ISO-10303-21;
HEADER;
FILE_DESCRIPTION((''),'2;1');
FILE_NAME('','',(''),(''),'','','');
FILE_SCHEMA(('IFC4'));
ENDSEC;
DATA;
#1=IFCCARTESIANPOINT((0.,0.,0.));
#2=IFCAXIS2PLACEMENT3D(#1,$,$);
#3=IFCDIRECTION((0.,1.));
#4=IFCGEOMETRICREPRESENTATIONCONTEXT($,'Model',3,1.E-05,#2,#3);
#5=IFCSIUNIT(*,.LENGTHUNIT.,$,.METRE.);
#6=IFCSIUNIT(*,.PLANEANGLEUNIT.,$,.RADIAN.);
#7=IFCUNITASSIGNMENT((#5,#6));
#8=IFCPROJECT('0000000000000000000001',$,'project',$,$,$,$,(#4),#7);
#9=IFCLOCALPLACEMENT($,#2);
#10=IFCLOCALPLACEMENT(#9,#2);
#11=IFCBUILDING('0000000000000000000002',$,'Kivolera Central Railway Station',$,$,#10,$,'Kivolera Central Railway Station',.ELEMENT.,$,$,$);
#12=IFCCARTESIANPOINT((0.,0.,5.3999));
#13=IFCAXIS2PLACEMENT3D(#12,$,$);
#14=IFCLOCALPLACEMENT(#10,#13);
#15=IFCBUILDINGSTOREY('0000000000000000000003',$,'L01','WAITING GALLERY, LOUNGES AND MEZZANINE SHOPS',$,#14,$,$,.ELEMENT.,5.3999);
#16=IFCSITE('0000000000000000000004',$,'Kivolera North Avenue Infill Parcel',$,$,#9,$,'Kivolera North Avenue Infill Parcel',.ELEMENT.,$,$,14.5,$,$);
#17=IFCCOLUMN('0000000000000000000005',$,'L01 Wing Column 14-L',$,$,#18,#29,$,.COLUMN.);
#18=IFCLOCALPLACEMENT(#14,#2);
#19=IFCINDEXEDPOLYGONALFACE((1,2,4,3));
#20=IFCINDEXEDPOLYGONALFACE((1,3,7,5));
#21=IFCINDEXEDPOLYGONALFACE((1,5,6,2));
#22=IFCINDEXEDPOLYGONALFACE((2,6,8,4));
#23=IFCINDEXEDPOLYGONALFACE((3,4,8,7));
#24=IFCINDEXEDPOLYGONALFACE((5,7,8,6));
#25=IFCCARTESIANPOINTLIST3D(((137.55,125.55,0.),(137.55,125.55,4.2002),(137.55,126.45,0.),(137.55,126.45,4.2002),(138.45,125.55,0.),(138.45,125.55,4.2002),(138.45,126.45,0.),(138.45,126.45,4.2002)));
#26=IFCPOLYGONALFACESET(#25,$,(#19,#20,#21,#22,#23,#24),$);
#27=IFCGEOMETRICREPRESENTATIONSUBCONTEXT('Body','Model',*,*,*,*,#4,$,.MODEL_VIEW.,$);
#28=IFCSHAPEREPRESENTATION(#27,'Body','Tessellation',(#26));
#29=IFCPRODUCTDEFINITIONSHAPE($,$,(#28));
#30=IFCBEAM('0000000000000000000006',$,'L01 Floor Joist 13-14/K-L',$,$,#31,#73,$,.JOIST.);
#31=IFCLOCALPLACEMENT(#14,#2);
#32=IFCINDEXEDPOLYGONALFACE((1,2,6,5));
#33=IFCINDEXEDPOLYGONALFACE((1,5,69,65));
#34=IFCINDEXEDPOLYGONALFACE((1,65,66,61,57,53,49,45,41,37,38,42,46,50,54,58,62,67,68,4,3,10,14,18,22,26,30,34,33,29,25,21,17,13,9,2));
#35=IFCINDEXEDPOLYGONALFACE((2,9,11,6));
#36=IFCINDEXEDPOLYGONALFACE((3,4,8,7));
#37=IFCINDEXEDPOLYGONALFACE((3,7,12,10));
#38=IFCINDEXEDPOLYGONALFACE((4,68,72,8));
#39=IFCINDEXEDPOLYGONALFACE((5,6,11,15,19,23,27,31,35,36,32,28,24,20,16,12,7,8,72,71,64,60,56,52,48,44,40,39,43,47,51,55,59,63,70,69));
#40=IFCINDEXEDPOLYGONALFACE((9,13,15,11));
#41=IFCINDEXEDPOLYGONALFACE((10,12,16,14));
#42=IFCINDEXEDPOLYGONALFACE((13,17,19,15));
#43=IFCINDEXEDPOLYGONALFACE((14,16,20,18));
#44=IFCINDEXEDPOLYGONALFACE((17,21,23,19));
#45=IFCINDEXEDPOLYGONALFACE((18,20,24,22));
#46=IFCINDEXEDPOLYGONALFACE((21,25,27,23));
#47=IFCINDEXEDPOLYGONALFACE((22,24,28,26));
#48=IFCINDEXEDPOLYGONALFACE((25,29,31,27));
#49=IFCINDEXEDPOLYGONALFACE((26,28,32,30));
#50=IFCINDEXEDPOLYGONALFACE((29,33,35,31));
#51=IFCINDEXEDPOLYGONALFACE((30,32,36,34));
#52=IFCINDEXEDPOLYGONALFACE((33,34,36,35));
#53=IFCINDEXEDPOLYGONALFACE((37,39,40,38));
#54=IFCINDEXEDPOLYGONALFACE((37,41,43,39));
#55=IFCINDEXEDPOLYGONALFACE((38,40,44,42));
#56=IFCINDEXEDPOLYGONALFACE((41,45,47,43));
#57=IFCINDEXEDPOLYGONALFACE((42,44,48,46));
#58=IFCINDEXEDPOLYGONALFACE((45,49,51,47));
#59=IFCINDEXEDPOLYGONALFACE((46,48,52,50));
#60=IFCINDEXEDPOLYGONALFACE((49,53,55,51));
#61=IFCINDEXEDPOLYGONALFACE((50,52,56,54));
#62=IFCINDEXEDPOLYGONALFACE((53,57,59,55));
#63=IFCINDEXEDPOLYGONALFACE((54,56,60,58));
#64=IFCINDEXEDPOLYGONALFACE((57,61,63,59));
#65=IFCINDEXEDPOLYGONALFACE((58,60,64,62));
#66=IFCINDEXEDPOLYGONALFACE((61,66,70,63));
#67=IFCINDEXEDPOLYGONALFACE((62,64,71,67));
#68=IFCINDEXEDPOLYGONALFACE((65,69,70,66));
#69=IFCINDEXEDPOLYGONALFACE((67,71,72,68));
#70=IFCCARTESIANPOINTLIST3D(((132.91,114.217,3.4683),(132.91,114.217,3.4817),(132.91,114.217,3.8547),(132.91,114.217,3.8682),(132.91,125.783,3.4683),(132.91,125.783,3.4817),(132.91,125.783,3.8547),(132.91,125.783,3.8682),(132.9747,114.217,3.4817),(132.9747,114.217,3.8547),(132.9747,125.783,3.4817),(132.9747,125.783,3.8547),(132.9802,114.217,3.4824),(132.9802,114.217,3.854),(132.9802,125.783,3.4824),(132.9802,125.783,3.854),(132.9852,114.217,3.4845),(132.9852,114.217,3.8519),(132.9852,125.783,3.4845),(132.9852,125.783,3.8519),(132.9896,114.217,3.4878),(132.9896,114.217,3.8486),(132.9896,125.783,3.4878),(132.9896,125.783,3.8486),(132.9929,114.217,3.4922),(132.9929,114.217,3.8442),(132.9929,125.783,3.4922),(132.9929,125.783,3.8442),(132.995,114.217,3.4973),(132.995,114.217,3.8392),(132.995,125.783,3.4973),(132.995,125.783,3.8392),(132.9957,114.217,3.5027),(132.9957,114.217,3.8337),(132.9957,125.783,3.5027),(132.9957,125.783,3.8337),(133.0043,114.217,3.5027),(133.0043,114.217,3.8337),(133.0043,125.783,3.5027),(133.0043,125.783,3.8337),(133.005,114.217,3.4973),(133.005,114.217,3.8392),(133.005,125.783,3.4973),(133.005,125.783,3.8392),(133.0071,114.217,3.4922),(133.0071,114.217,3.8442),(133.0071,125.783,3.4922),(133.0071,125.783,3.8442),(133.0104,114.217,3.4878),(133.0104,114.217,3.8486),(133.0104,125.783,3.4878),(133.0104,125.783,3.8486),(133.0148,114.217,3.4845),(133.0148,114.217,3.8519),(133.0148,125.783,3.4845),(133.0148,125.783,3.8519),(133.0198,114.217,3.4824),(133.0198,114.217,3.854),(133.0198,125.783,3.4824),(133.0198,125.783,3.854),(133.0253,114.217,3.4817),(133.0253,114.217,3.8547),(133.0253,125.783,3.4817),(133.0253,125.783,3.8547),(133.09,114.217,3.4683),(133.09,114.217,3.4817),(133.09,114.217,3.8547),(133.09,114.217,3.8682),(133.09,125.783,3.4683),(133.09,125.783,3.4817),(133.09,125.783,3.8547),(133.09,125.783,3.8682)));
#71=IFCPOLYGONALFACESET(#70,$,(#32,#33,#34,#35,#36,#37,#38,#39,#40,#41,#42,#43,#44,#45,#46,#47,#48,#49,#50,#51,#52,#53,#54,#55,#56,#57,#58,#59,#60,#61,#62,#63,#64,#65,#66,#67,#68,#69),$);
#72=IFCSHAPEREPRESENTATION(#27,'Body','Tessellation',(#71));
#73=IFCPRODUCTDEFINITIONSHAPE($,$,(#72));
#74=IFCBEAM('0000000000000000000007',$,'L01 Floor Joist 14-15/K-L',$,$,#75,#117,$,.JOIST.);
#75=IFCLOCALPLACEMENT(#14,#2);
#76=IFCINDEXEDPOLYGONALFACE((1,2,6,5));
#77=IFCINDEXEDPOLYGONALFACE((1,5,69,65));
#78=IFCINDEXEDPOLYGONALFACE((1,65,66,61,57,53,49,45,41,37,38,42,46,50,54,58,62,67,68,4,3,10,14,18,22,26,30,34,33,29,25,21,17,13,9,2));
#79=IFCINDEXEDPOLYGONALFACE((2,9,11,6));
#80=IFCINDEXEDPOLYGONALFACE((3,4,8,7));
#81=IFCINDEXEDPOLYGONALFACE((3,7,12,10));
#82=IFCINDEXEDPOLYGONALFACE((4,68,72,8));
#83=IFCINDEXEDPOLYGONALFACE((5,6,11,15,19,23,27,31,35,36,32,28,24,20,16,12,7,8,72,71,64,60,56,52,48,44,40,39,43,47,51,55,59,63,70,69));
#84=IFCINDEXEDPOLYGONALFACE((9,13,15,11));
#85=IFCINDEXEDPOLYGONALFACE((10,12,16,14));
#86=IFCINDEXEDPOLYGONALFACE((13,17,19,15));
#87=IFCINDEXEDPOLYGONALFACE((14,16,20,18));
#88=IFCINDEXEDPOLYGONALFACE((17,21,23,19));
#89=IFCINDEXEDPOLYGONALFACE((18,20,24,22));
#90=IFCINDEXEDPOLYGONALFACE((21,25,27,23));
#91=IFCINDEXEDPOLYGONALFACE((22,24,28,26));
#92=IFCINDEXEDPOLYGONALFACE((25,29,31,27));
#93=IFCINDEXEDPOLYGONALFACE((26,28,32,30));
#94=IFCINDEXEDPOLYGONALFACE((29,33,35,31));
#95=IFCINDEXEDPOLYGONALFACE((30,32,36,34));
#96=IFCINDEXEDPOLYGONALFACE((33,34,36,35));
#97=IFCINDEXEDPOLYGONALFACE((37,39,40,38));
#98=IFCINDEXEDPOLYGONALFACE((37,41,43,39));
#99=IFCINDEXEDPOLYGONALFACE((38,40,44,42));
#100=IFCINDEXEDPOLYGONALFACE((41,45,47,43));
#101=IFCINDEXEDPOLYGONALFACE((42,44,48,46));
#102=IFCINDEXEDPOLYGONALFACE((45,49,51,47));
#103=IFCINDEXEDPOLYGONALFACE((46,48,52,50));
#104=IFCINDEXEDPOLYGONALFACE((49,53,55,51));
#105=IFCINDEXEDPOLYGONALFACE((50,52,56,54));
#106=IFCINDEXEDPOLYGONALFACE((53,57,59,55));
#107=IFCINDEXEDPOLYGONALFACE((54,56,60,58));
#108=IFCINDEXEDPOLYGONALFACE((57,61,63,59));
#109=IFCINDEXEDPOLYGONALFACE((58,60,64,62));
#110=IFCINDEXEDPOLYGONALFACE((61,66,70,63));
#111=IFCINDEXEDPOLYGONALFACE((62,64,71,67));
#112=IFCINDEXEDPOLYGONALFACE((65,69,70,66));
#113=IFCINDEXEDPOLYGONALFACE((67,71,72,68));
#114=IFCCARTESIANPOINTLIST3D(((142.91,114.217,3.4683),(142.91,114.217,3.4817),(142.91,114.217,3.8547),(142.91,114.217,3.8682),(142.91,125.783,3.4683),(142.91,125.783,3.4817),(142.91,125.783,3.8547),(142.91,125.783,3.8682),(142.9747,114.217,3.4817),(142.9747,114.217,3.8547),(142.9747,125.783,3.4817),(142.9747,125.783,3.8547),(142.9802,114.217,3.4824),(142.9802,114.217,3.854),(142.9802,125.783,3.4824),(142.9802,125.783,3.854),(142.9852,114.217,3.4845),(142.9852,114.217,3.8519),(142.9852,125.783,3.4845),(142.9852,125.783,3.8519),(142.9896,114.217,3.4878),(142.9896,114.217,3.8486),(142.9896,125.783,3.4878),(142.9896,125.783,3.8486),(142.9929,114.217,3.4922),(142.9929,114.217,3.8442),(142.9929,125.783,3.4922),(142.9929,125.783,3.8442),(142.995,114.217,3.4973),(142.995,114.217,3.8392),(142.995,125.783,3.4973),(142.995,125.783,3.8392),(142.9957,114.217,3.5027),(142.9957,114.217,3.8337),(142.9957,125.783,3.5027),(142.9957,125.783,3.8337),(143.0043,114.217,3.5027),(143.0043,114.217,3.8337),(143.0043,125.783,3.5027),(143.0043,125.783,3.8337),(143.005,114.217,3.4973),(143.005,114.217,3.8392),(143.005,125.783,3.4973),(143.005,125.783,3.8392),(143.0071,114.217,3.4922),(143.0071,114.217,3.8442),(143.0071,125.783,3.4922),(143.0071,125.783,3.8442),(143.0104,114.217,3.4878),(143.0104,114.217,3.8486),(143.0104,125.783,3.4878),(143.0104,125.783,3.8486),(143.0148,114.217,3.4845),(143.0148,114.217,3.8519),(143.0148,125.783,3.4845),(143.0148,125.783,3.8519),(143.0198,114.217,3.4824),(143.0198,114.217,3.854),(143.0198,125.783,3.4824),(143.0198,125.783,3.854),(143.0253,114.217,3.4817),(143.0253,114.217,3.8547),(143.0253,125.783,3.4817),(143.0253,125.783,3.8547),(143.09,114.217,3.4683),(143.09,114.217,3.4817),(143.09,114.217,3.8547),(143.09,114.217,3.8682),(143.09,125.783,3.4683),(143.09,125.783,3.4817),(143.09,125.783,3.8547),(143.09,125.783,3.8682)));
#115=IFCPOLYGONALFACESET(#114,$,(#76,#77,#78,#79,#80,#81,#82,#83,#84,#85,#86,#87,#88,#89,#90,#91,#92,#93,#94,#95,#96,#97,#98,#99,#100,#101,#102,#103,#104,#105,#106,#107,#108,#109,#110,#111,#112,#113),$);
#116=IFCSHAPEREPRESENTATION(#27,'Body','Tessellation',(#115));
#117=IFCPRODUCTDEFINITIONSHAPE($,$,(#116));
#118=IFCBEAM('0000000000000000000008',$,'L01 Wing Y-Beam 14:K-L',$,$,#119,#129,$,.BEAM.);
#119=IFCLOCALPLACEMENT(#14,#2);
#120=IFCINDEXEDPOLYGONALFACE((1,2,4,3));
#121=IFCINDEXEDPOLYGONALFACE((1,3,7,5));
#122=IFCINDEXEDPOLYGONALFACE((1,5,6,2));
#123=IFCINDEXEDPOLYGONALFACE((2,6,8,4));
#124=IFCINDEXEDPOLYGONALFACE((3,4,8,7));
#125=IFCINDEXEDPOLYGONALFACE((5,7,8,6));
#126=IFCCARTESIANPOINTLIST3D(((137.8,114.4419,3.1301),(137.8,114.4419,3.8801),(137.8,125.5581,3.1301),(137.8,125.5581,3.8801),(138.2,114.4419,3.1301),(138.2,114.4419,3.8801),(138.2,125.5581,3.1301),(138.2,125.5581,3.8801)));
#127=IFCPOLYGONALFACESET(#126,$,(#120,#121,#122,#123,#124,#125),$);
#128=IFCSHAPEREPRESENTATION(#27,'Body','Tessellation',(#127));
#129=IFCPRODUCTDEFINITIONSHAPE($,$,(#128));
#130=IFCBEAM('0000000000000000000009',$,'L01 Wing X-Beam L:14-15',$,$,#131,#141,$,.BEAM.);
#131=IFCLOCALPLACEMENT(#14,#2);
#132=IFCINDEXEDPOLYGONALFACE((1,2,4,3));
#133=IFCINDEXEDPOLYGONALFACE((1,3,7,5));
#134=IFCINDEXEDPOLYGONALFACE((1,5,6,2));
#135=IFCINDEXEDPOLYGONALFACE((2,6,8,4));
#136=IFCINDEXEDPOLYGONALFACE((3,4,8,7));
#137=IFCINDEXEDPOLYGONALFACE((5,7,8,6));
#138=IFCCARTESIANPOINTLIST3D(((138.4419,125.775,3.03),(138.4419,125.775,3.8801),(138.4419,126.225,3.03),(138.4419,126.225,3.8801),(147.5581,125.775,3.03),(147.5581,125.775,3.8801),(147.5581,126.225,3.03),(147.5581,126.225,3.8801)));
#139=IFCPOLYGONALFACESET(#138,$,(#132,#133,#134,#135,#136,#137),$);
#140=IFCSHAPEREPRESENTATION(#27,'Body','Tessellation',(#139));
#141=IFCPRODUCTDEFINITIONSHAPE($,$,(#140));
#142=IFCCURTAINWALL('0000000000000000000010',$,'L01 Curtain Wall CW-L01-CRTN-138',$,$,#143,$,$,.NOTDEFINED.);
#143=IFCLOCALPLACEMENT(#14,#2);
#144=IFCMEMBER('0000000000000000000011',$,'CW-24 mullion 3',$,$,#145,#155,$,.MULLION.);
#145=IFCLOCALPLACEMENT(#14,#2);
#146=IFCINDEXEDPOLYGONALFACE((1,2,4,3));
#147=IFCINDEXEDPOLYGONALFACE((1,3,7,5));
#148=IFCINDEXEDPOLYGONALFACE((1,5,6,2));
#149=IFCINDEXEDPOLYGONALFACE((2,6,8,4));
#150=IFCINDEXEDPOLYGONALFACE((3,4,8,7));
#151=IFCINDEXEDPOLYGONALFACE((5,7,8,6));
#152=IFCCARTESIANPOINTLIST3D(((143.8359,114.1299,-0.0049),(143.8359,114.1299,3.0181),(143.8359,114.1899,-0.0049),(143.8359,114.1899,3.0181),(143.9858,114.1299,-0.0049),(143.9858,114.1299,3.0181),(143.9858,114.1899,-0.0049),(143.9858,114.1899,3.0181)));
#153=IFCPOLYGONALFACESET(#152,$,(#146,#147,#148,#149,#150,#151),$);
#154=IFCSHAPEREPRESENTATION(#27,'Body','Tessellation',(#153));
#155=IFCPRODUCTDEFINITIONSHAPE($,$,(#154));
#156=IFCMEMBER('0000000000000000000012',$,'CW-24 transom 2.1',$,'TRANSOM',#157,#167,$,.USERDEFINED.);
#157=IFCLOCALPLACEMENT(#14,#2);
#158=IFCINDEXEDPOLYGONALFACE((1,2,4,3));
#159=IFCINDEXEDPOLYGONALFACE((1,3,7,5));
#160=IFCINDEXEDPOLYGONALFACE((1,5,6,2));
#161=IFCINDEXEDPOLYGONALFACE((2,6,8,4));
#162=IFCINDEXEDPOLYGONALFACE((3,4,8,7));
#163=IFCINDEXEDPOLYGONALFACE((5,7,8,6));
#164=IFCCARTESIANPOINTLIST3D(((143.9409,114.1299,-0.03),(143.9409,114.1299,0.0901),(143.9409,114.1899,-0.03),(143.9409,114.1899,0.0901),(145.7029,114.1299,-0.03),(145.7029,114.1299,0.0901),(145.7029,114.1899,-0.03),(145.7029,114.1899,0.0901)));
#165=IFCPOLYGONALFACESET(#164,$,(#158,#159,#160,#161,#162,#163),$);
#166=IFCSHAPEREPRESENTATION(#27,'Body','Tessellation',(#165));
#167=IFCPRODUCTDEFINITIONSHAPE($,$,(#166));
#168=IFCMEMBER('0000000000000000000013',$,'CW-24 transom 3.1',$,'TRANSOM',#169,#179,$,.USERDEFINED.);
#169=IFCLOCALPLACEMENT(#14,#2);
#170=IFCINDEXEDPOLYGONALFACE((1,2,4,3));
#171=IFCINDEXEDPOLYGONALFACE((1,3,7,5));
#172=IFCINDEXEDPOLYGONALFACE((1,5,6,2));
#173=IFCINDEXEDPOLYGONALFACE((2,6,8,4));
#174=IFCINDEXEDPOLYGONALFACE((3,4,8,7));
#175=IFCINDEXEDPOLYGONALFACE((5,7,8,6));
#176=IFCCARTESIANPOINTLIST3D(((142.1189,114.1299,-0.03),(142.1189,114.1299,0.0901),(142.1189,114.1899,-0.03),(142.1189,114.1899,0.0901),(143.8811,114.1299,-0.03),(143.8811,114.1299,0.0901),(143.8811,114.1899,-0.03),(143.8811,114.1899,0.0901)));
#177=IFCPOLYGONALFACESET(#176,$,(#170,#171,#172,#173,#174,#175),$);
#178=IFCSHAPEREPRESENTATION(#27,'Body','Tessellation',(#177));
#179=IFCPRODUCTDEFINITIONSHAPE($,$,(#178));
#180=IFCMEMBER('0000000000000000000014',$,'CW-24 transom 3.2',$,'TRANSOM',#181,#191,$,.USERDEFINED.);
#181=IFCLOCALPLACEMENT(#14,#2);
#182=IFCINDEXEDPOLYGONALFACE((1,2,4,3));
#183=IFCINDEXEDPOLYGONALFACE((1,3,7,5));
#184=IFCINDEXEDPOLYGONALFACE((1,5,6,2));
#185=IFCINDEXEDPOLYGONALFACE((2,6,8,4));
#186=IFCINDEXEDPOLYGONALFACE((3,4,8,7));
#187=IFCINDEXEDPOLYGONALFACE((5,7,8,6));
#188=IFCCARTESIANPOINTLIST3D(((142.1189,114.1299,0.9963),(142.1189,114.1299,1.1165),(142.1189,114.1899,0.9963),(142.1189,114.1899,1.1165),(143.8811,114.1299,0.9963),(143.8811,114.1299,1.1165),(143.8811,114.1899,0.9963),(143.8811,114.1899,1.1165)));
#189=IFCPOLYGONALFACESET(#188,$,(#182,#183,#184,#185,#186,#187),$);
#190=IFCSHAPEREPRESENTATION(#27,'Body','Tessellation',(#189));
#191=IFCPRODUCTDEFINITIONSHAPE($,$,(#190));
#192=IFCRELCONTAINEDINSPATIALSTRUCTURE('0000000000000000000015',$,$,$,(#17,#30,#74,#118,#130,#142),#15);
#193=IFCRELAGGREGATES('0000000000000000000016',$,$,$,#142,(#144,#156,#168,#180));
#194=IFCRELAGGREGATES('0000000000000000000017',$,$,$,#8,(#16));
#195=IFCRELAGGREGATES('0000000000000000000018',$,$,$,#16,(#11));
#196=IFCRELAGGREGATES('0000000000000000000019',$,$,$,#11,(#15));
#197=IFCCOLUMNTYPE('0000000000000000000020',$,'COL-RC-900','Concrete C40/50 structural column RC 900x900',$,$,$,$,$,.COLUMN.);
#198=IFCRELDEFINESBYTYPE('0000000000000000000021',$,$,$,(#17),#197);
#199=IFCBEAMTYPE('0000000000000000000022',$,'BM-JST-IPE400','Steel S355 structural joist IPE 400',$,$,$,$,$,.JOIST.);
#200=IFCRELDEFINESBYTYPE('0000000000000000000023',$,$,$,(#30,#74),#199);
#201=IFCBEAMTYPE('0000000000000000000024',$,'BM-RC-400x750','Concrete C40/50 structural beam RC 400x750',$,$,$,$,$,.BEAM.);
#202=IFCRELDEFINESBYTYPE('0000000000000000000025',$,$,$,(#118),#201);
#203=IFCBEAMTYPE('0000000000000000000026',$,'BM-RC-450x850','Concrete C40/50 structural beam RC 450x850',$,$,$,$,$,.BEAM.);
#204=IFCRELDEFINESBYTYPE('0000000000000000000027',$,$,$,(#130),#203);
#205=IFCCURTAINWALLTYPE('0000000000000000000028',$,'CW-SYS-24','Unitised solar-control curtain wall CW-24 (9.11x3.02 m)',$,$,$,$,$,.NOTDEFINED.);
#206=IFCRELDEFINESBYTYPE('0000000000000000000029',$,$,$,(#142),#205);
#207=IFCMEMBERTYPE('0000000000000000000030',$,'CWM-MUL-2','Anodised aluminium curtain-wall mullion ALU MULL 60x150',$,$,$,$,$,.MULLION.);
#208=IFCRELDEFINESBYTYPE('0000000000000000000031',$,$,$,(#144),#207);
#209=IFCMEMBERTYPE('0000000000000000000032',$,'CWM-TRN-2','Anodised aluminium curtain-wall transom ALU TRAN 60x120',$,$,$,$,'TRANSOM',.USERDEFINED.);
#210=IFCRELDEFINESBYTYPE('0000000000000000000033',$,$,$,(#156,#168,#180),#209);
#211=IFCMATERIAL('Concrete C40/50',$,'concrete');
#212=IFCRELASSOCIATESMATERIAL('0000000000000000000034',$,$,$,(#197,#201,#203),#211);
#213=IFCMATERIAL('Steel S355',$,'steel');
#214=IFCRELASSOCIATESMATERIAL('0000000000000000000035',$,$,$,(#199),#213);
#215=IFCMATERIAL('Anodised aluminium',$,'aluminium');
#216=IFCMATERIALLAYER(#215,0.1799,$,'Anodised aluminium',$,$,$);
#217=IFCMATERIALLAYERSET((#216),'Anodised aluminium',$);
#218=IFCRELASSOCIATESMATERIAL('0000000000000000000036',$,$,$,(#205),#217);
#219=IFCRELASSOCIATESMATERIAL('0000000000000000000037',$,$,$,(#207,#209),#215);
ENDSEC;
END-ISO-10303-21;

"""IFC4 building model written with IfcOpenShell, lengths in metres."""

from ifc_helpers import new_model, si_unit, direction, frame, origin, origin_2d, place, context, subcontext, project, spatial, rectangle, i_section, extrude, material, layer, layer_set, material_profile, profile_set, type_object, element, aggregate, save


model = new_model("IFC4")

# Units and contexts
model_context = context("Model", 3, precision=1e-05, world=origin(), true_north=direction((0.0, 1.0)))
body_context = subcontext(model_context, "Body", "Model", "MODEL_VIEW")
ifc_project = project(units=[si_unit("LENGTHUNIT", "METRE"), si_unit("PLANEANGLEUNIT", "RADIAN")], contexts=[model_context])

# Site, building, storey
site_placement = place(None, origin())
site = spatial("IfcSite", under=ifc_project, at=site_placement, Name="Kivolera North Avenue Infill Parcel", LongName="Kivolera North Avenue Infill Parcel", CompositionType="ELEMENT", RefElevation=14.5)
building_placement = place(site_placement, origin())
building = spatial("IfcBuilding", under=site, at=building_placement, Name="Kivolera Central Railway Station", LongName="Kivolera Central Railway Station", CompositionType="ELEMENT")
storey_placement = place(building_placement, frame((0.0, 0.0, 5.3999)))
storey = spatial("IfcBuildingStorey", under=building, at=storey_placement, Name="L01", Description="WAITING GALLERY, LOUNGES AND MEZZANINE SHOPS", CompositionType="ELEMENT", Elevation=5.3999)

# Column
ifc_material_1 = material(Name="Concrete C40/50", Category="concrete")
ifc_material_profile_1 = material_profile(ifc_material_1, rectangle(XDim=0.8999, YDim=0.8999, at=origin_2d()), Name="RC 900x900")
ifc_profile_set_1 = profile_set([ifc_material_profile_1], Name="Concrete C40/50")
column_type = type_object("IfcColumnType", Name="COL-RC-900", Description="Concrete C40/50 structural column RC 900x900", PredefinedType="COLUMN", material=ifc_profile_set_1)
column_placement = place(storey_placement, frame((138.0, 126.0, 0.0), z_axis=(0.0, 0.0, 1.0), x_axis=(1.0, 0.0, 0.0)))
element("IfcColumn", 1, at=column_placement, inside=storey, type_object=column_type, Name="L01 Wing Column 14-L", PredefinedType="COLUMN", context=body_context, shape_type="SweptSolid", body=[
    extrude(rectangle(XDim=0.8999, YDim=0.8999, at=origin_2d()), origin(), (0.0, 0.0, 1.0), 4.2002),
])

# Beams
ifc_material_2 = material(Name="Steel S355", Category="steel")
ifc_material_profile_2 = material_profile(ifc_material_2, i_section(OverallWidth=0.1799, OverallDepth=0.3999, WebThickness=0.0085, FlangeThickness=0.0134, FilletRadius=0.021, at=origin_2d()), Name="IPE 400")
ifc_profile_set_2 = profile_set([ifc_material_profile_2], Name="Steel S355")
beam_type_1 = type_object("IfcBeamType", Name="BM-JST-IPE400", Description="Steel S355 structural joist IPE 400", PredefinedType="JOIST", material=ifc_profile_set_2)
for number, where, z_axis, x_axis, name in (
    (2, (133.0, 114.217, 3.6682), (0.0, 1.0, 0.0), (-1.0, 0.0, 0.0), "L01 Floor Joist 13-14/K-L"),
    (3, (143.0, 114.217, 3.6682), (0.0, 1.0, 0.0), (-1.0, 0.0, 0.0), "L01 Floor Joist 14-15/K-L"),
):
    element("IfcBeam", number, at=place(storey_placement, frame(where, z_axis=z_axis, x_axis=x_axis)), inside=storey, type_object=beam_type_1, Name=name, PredefinedType="JOIST", context=body_context, shape_type="SweptSolid", body=[
        extrude(i_section(OverallWidth=0.1799, OverallDepth=0.3999, WebThickness=0.0085, FlangeThickness=0.0134, FilletRadius=0.021, at=origin_2d()), origin(), (0.0, 0.0, 1.0), 11.5659),
    ])
ifc_material_profile_3 = material_profile(ifc_material_1, rectangle(XDim=0.3999, YDim=0.75, at=origin_2d()), Name="RC 400x750")
ifc_profile_set_3 = profile_set([ifc_material_profile_3], Name="Concrete C40/50")
beam_type_2 = type_object("IfcBeamType", Name="BM-RC-400x750", Description="Concrete C40/50 structural beam RC 400x750", PredefinedType="BEAM", material=ifc_profile_set_3)
beam_1_placement = place(storey_placement, frame((138.0, 114.4419, 3.5051), z_axis=(0.0, 1.0, 0.0), x_axis=(-1.0, 0.0, 0.0)))
element("IfcBeam", 4, at=beam_1_placement, inside=storey, type_object=beam_type_2, Name="L01 Wing Y-Beam 14:K-L", PredefinedType="BEAM", context=body_context, shape_type="SweptSolid", body=[
    extrude(rectangle(XDim=0.3999, YDim=0.75, at=origin_2d()), origin(), (0.0, 0.0, 1.0), 11.1162),
])
ifc_material_profile_4 = material_profile(ifc_material_1, rectangle(XDim=0.45, YDim=0.8501, at=origin_2d()), Name="RC 450x850")
ifc_profile_set_4 = profile_set([ifc_material_profile_4], Name="Concrete C40/50")
beam_type_3 = type_object("IfcBeamType", Name="BM-RC-450x850", Description="Concrete C40/50 structural beam RC 450x850", PredefinedType="BEAM", material=ifc_profile_set_4)
beam_2_placement = place(storey_placement, frame((138.4419, 126.0, 3.4551), z_axis=(1.0, 0.0, 0.0), x_axis=(0.0, 1.0, 0.0)))
element("IfcBeam", 5, at=beam_2_placement, inside=storey, type_object=beam_type_3, Name="L01 Wing X-Beam L:14-15", PredefinedType="BEAM", context=body_context, shape_type="SweptSolid", body=[
    extrude(rectangle(XDim=0.45, YDim=0.8501, at=origin_2d()), origin(), (0.0, 0.0, 1.0), 9.1162),
])

# Curtain wall, members
ifc_material_3 = material(Name="Anodised aluminium", Category="aluminium")
ifc_layer_1 = layer(ifc_material_3, 0.1799, Name="Anodised aluminium")
ifc_layer_set_1 = layer_set([ifc_layer_1], Name="Anodised aluminium")
curtain_wall_type = type_object("IfcCurtainWallType", Name="CW-SYS-24", Description="Unitised solar-control curtain wall CW-24 (9.11x3.02 m)", PredefinedType="NOTDEFINED", material=ifc_layer_set_1)
curtain_wall_placement = place(storey_placement, origin())
curtain_wall = element("IfcCurtainWall", 6, at=curtain_wall_placement, inside=storey, type_object=curtain_wall_type, Name="L01 Curtain Wall CW-L01-CRTN-138", PredefinedType="NOTDEFINED")
ifc_material_profile_5 = material_profile(ifc_material_3, rectangle(XDim=0.0601, YDim=0.1499, at=origin_2d()), Name="ALU MULL 60x150")
ifc_profile_set_5 = profile_set([ifc_material_profile_5], Name="Anodised aluminium")
member_type_1 = type_object("IfcMemberType", Name="CWM-MUL-2", Description="Anodised aluminium curtain-wall mullion ALU MULL 60x150", PredefinedType="MULLION", material=ifc_profile_set_5)
member_1_placement = place(storey_placement, frame((143.9109, 114.1599, -0.0049), z_axis=(0.0, 0.0, 1.0), x_axis=(0.0, -1.0, 0.0)))
member_1 = element("IfcMember", 7, at=member_1_placement, type_object=member_type_1, Name="CW-24 mullion 3", PredefinedType="MULLION", context=body_context, shape_type="SweptSolid", body=[
    extrude(rectangle(XDim=0.0601, YDim=0.1499, at=origin_2d()), origin(), (0.0, 0.0, 1.0), 3.0229),
])
ifc_material_profile_6 = material_profile(ifc_material_3, rectangle(XDim=0.0601, YDim=0.1201, at=origin_2d()), Name="ALU TRAN 60x120")
ifc_profile_set_6 = profile_set([ifc_material_profile_6], Name="Anodised aluminium")
member_type_2 = type_object("IfcMemberType", Name="CWM-TRN-2", Description="Anodised aluminium curtain-wall transom ALU TRAN 60x120", ElementType="TRANSOM", PredefinedType="USERDEFINED", material=ifc_profile_set_6)
member_2_placement = place(storey_placement, frame((145.7029, 114.1599, 0.03), z_axis=(-1.0, 0.0, 0.0), x_axis=(0.0, -1.0, 0.0)))
member_2 = element("IfcMember", 8, at=member_2_placement, type_object=member_type_2, Name="CW-24 transom 2.1", ObjectType="TRANSOM", PredefinedType="USERDEFINED", context=body_context, shape_type="SweptSolid", body=[
    extrude(rectangle(XDim=0.0601, YDim=0.1201, at=origin_2d()), origin(), (0.0, 0.0, 1.0), 1.762),
])
member_3_placement = place(storey_placement, frame((143.8811, 114.1599, 0.03), z_axis=(-1.0, 0.0, 0.0), x_axis=(0.0, -1.0, 0.0)))
member_3 = element("IfcMember", 9, at=member_3_placement, type_object=member_type_2, Name="CW-24 transom 3.1", ObjectType="TRANSOM", PredefinedType="USERDEFINED", context=body_context, shape_type="SweptSolid", body=[
    extrude(rectangle(XDim=0.0601, YDim=0.1201, at=origin_2d()), origin(), (0.0, 0.0, 1.0), 1.7622),
])
member_4_placement = place(storey_placement, frame((143.8811, 114.1599, 1.0564), z_axis=(-1.0, 0.0, 0.0), x_axis=(0.0, -1.0, 0.0)))
member_4 = element("IfcMember", 10, at=member_4_placement, type_object=member_type_2, Name="CW-24 transom 3.2", ObjectType="TRANSOM", PredefinedType="USERDEFINED", context=body_context, shape_type="SweptSolid", body=[
    extrude(rectangle(XDim=0.0601, YDim=0.1201, at=origin_2d()), origin(), (0.0, 0.0, 1.0), 1.7622),
])
aggregate(curtain_wall, [member_1, member_2, member_3, member_4])

save(model, "model.ifc")
